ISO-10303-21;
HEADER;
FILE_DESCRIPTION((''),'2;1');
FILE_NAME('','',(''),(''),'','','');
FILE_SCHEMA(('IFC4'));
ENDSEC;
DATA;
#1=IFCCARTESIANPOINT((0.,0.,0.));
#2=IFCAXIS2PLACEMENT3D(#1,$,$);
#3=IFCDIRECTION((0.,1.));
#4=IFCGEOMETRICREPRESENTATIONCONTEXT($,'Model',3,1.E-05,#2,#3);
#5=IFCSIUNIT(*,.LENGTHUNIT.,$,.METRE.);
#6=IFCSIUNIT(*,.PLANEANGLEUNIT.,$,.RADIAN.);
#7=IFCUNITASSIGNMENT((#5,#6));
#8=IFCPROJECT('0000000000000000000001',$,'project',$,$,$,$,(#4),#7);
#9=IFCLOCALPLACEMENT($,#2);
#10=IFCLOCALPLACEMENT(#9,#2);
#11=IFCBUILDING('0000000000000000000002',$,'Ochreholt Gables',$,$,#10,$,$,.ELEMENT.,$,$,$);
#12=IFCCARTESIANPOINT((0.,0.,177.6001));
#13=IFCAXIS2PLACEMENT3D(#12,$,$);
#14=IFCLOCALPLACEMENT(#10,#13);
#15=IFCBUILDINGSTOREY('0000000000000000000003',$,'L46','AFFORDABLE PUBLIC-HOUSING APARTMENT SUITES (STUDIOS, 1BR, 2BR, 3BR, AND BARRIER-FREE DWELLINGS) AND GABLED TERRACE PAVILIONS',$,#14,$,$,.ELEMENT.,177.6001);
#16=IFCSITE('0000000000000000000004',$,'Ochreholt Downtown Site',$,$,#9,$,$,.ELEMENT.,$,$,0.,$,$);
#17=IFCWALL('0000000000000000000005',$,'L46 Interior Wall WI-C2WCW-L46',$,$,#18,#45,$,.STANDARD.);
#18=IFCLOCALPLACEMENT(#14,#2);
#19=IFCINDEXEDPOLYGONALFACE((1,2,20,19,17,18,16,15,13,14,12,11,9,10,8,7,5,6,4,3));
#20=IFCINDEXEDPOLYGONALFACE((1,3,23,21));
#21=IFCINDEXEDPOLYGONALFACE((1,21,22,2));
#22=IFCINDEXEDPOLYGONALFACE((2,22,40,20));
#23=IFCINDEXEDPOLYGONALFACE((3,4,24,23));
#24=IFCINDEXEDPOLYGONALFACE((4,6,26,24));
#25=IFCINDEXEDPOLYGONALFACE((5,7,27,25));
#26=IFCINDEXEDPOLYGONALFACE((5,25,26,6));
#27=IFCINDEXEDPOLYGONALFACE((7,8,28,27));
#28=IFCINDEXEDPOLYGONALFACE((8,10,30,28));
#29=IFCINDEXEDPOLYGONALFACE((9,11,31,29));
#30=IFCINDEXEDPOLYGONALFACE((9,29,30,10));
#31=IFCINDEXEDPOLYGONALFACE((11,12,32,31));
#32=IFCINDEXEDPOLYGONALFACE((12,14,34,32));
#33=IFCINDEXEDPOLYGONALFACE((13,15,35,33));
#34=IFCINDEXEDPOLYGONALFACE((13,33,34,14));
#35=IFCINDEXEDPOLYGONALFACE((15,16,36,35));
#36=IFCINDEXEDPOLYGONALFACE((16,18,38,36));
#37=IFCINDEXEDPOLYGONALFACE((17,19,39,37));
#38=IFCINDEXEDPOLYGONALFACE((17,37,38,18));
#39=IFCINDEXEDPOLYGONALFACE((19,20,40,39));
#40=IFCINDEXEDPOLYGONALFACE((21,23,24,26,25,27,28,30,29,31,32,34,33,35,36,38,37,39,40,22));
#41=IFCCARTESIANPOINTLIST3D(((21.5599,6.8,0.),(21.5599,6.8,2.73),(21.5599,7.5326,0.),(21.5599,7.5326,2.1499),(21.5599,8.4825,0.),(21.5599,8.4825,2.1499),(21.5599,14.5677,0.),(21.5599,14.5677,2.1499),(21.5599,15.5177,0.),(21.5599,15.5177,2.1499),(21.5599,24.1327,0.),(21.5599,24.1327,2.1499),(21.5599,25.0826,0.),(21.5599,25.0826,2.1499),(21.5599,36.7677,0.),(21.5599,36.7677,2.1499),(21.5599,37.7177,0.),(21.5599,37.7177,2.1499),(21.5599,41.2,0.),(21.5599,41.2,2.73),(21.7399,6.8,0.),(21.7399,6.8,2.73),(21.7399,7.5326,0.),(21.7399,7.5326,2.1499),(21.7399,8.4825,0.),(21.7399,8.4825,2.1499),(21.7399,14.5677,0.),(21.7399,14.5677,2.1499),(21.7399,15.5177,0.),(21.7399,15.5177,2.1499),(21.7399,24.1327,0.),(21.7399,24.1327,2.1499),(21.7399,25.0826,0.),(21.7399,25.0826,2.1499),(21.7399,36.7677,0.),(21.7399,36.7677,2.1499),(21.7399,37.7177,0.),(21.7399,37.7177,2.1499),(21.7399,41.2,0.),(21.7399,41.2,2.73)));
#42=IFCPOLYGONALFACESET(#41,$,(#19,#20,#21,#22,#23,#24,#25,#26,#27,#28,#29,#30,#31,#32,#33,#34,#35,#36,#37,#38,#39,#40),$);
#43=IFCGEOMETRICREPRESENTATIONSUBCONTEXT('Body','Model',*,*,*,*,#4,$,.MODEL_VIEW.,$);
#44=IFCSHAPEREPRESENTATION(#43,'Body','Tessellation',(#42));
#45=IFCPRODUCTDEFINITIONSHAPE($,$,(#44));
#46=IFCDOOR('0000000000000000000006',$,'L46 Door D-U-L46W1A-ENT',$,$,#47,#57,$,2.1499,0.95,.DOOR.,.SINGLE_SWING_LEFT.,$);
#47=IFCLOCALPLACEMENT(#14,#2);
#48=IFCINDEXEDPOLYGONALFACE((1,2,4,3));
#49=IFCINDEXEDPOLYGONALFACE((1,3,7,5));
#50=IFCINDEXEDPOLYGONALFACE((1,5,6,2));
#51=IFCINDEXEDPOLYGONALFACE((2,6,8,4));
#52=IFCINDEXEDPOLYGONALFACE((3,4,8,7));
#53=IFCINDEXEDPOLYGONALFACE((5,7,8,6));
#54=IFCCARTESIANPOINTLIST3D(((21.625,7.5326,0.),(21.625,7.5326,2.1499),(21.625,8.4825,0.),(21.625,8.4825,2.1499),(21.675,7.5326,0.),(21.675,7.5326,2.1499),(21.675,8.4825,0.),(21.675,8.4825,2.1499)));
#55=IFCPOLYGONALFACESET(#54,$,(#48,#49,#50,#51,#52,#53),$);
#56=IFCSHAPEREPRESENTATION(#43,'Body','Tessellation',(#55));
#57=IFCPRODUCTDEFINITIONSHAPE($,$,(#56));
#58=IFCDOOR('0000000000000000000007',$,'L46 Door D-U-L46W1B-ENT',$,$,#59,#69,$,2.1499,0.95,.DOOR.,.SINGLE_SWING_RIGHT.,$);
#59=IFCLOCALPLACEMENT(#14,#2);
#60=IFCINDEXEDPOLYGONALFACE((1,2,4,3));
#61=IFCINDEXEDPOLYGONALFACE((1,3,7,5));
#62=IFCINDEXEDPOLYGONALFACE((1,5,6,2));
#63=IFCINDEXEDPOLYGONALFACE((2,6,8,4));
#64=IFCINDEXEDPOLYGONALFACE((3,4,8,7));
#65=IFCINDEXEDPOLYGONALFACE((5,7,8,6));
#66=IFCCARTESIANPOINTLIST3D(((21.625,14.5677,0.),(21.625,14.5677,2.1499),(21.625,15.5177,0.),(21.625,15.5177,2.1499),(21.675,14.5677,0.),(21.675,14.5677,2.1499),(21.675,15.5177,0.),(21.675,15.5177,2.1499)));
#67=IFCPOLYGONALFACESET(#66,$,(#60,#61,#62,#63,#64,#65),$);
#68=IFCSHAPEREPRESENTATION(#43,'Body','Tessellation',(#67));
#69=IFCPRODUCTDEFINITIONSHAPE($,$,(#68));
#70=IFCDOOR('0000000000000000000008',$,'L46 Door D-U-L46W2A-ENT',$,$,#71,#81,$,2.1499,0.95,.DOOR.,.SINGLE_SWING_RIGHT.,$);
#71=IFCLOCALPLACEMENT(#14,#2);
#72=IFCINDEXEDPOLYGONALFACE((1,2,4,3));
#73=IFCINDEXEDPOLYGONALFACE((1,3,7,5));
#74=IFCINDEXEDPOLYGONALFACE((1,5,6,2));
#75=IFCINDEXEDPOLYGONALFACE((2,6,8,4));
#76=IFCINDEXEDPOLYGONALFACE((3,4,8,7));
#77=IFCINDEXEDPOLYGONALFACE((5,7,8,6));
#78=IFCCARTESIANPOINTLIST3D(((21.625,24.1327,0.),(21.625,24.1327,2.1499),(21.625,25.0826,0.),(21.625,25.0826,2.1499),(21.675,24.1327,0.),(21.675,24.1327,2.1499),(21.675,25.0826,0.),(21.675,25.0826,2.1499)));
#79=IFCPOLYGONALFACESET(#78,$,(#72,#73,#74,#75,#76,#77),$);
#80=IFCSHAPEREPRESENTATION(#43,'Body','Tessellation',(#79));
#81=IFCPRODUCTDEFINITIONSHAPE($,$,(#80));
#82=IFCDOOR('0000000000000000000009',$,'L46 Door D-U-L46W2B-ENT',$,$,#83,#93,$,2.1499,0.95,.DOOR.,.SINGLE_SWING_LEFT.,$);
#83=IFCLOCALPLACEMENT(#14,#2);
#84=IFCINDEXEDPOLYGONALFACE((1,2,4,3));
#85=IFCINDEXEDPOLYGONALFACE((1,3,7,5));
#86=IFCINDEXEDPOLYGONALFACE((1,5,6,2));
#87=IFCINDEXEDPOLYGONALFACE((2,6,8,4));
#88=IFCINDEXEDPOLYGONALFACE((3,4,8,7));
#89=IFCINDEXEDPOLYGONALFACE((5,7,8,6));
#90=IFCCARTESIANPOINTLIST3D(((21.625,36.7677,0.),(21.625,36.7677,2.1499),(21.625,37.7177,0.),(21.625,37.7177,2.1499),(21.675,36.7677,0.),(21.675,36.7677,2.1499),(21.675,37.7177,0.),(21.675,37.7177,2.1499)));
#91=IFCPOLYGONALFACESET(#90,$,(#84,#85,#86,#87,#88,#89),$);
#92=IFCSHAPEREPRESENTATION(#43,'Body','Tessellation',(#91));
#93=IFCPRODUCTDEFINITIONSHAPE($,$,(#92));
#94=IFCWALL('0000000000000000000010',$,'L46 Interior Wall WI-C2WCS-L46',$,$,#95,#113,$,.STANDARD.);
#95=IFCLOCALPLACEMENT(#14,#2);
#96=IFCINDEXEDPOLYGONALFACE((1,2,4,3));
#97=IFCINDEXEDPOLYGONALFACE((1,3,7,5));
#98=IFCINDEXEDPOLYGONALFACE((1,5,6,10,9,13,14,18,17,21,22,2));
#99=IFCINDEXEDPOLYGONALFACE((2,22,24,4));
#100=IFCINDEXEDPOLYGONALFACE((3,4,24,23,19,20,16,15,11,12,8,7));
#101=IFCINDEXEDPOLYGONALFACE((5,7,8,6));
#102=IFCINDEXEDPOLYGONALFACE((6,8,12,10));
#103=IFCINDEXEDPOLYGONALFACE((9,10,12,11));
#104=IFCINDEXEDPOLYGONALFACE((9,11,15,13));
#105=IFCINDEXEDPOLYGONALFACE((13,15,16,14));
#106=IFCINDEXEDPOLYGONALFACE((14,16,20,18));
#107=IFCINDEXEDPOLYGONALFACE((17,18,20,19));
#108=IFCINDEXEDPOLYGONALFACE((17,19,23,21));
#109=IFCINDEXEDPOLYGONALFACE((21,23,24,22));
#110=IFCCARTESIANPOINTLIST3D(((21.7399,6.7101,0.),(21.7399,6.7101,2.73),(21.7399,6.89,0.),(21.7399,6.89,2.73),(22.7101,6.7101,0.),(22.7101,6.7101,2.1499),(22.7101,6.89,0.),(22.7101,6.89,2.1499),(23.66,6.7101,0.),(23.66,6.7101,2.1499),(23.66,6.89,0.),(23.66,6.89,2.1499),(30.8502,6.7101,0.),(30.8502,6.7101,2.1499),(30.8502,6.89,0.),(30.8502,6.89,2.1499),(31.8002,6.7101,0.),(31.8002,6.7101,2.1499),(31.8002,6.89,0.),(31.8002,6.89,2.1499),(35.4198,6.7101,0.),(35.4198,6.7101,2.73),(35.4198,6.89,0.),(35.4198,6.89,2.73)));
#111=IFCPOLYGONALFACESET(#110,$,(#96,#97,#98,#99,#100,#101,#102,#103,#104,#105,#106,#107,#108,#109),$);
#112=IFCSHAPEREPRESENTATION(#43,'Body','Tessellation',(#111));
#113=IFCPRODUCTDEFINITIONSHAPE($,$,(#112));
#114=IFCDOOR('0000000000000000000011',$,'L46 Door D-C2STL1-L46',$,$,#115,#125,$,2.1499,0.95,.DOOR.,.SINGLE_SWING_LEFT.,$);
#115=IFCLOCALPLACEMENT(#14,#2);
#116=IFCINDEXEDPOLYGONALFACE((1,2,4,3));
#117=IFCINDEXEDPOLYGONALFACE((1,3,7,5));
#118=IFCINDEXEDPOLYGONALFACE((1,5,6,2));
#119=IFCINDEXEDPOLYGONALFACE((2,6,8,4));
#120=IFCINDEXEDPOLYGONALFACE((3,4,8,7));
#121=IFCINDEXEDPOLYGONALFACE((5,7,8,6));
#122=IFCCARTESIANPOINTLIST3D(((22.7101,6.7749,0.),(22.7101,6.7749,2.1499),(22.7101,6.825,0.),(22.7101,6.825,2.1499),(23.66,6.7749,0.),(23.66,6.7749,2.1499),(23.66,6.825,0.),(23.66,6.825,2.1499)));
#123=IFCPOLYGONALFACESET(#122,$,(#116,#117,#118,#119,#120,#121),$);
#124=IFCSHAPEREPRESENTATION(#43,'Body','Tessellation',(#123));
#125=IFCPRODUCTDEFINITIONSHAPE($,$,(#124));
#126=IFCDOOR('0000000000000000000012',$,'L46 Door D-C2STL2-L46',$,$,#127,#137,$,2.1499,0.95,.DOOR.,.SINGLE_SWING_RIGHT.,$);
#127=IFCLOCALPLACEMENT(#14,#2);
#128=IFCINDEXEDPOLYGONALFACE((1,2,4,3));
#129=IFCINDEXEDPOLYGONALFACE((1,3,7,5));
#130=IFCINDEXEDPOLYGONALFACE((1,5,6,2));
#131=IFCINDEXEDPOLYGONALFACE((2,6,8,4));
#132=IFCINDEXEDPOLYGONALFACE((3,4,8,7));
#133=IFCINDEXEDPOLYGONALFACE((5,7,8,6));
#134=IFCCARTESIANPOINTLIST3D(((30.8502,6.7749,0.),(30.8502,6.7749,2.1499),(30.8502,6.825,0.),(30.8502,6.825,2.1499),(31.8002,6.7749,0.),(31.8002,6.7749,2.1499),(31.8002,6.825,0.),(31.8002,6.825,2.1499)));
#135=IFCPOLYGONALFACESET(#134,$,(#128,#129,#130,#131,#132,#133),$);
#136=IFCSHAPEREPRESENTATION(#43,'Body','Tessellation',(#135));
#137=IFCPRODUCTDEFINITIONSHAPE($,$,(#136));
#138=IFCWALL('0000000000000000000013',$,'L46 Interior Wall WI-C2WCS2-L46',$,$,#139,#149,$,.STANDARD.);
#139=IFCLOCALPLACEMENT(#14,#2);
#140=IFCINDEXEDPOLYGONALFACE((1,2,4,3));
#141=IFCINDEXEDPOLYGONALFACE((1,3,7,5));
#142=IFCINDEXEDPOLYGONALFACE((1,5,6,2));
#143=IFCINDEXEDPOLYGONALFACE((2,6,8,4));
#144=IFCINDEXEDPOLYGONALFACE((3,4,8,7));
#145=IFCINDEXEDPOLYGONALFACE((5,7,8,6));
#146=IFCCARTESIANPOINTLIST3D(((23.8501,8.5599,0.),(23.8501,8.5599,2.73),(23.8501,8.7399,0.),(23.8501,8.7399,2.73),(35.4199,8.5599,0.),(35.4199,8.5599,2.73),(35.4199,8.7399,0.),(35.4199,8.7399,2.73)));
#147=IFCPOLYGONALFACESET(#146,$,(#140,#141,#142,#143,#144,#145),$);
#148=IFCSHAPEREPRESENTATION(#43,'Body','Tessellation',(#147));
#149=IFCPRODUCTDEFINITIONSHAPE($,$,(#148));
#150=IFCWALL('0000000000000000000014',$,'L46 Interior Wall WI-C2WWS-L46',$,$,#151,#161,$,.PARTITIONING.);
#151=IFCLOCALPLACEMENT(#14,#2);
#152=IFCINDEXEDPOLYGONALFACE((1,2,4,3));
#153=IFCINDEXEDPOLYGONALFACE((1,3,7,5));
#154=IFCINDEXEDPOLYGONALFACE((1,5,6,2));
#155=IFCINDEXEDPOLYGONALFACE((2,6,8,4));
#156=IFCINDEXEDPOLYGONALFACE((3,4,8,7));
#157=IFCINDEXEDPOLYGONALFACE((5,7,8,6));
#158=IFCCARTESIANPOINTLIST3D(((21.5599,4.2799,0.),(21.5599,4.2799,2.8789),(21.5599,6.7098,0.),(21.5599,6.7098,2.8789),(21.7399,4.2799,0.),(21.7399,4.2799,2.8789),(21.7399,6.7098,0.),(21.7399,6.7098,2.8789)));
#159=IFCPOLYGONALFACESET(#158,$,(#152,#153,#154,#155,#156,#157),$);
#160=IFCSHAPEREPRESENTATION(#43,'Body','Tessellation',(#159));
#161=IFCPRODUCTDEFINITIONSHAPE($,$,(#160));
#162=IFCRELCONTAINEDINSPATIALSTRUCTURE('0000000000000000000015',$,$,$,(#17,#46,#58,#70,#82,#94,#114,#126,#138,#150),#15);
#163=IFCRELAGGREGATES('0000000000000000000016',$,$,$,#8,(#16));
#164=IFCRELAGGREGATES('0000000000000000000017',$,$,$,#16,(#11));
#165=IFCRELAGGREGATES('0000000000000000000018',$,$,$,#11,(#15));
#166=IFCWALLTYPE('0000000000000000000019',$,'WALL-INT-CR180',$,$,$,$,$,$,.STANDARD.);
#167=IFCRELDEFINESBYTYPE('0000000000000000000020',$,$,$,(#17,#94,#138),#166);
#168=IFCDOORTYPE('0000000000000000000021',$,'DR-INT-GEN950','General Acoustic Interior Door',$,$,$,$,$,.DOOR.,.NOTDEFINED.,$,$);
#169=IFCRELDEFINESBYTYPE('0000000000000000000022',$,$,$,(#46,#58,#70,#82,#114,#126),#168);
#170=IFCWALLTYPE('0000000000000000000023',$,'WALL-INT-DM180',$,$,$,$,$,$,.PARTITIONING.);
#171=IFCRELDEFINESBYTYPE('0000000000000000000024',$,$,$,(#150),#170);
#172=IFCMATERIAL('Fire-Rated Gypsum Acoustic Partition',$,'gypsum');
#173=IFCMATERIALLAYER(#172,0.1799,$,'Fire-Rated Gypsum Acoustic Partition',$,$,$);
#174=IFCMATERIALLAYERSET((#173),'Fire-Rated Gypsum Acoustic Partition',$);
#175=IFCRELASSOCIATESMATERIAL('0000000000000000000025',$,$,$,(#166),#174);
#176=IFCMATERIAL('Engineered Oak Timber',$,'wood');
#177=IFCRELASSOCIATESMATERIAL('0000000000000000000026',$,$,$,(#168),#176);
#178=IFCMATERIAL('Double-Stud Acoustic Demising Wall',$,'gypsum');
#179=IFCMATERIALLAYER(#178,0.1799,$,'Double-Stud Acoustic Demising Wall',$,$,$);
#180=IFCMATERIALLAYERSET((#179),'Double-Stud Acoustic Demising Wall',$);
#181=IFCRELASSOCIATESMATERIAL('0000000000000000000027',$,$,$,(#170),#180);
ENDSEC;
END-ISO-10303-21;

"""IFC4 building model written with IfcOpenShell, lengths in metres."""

from ifc_helpers import new_model, si_unit, direction, frame, frame_2d, origin, place, context, subcontext, project, spatial, rectangle, extrude, material, layer, layer_set, type_object, element, fill, save


model = new_model("IFC4")

# Units and contexts
model_context = context("Model", 3, precision=1e-05, world=origin(), true_north=direction((0.0, 1.0)))
body_context = subcontext(model_context, "Body", "Model", "MODEL_VIEW")
ifc_project = project(units=[si_unit("LENGTHUNIT", "METRE"), si_unit("PLANEANGLEUNIT", "RADIAN")], contexts=[model_context])

# Site, building, storey
site_placement = place(None, origin())
site = spatial("IfcSite", under=ifc_project, at=site_placement, Name="Ochreholt Downtown Site", CompositionType="ELEMENT", RefElevation=0.0)
building_placement = place(site_placement, origin())
building = spatial("IfcBuilding", under=site, at=building_placement, Name="Ochreholt Gables", CompositionType="ELEMENT")
storey_placement = place(building_placement, frame((0.0, 0.0, 177.6001)))
storey = spatial("IfcBuildingStorey", under=building, at=storey_placement, Name="L46", Description="AFFORDABLE PUBLIC-HOUSING APARTMENT SUITES (STUDIOS, 1BR, 2BR, 3BR, AND BARRIER-FREE DWELLINGS) AND GABLED TERRACE PAVILIONS", CompositionType="ELEMENT", Elevation=177.6001)

# Walls, openings, doors
ifc_material_1 = material(Name="Fire-Rated Gypsum Acoustic Partition", Category="gypsum")
ifc_layer_1 = layer(ifc_material_1, 0.1799, Name="Fire-Rated Gypsum Acoustic Partition")
ifc_layer_set_1 = layer_set([ifc_layer_1], Name="Fire-Rated Gypsum Acoustic Partition")
wall_type_1 = type_object("IfcWallType", Name="WALL-INT-CR180", PredefinedType="STANDARD", material=ifc_layer_set_1)
wall_1_placement = place(storey_placement, frame((21.6499, 6.8, 0.0), z_axis=(0.0, 0.0, 1.0), x_axis=(0.0, 1.0, 0.0)))
wall_1 = element("IfcWall", 1, at=wall_1_placement, inside=storey, type_object=wall_type_1, Name="L46 Interior Wall WI-C2WCW-L46", PredefinedType="STANDARD", context=body_context, shape_type="SweptSolid", body=[
    extrude(rectangle(XDim=34.3999, YDim=0.1799, at=frame_2d((17.2, 0.0))), origin(), (0.0, 0.0, 1.0), 2.73),
])
opening_1_placement = place(wall_1_placement, frame((0.7324, 0.0, 0.0)))
opening_1 = element("IfcOpeningElement", 2, at=opening_1_placement, cuts=wall_1, PredefinedType="OPENING", context=body_context, shape_type="SweptSolid", body=[
    extrude(rectangle(XDim=0.95, YDim=2.1499, at=frame_2d((0.4751, 1.075))), frame((0.0, 0.0999, 0.0), z_axis=(0.0, -1.0, 0.0), x_axis=(1.0, 0.0, 0.0)), (0.0, 0.0, 1.0), 0.2),
])
opening_2_placement = place(wall_1_placement, frame((7.7676, 0.0, 0.0)))
opening_2 = element("IfcOpeningElement", 3, at=opening_2_placement, cuts=wall_1, PredefinedType="OPENING", context=body_context, shape_type="SweptSolid", body=[
    extrude(rectangle(XDim=0.95, YDim=2.1499, at=frame_2d((0.4751, 1.075))), frame((0.0, 0.0999, 0.0), z_axis=(0.0, -1.0, 0.0), x_axis=(1.0, 0.0, 0.0)), (0.0, 0.0, 1.0), 0.2),
])
opening_3_placement = place(wall_1_placement, frame((17.3325, 0.0, 0.0)))
opening_3 = element("IfcOpeningElement", 4, at=opening_3_placement, cuts=wall_1, PredefinedType="OPENING", context=body_context, shape_type="SweptSolid", body=[
    extrude(rectangle(XDim=0.95, YDim=2.1499, at=frame_2d((0.4751, 1.075))), frame((0.0, 0.0999, 0.0), z_axis=(0.0, -1.0, 0.0), x_axis=(1.0, 0.0, 0.0)), (0.0, 0.0, 1.0), 0.2),
])
opening_4_placement = place(wall_1_placement, frame((29.9675, 0.0, 0.0)))
opening_4 = element("IfcOpeningElement", 5, at=opening_4_placement, cuts=wall_1, PredefinedType="OPENING", context=body_context, shape_type="SweptSolid", body=[
    extrude(rectangle(XDim=0.95, YDim=2.1499, at=frame_2d((0.4751, 1.075))), frame((0.0, 0.0999, 0.0), z_axis=(0.0, -1.0, 0.0), x_axis=(1.0, 0.0, 0.0)), (0.0, 0.0, 1.0), 0.2),
])
ifc_material_2 = material(Name="Engineered Oak Timber", Category="wood")
door_type = type_object("IfcDoorType", Name="DR-INT-GEN950", Description="General Acoustic Interior Door", OperationType="NOTDEFINED", PredefinedType="DOOR", material=ifc_material_2)
door_1_placement = place(opening_1_placement, origin())
door_1 = element("IfcDoor", 6, at=door_1_placement, inside=storey, type_object=door_type, Name="L46 Door D-U-L46W1A-ENT", OperationType="SINGLE_SWING_LEFT", OverallHeight=2.1499, OverallWidth=0.95, PredefinedType="DOOR", context=body_context, shape_type="SweptSolid", body=[
    extrude(rectangle(XDim=0.95, YDim=2.1499, at=frame_2d((0.4751, 1.075))), frame((0.0, 0.0249, 0.0), z_axis=(0.0, -1.0, 0.0), x_axis=(1.0, 0.0, 0.0)), (0.0, 0.0, 1.0), 0.05),
])
fill(opening_1, door_1)
door_2_placement = place(opening_2_placement, origin())
door_2 = element("IfcDoor", 7, at=door_2_placement, inside=storey, type_object=door_type, Name="L46 Door D-U-L46W1B-ENT", OperationType="SINGLE_SWING_RIGHT", OverallHeight=2.1499, OverallWidth=0.95, PredefinedType="DOOR", context=body_context, shape_type="SweptSolid", body=[
    extrude(rectangle(XDim=0.95, YDim=2.1499, at=frame_2d((0.4751, 1.075))), frame((0.0, 0.0249, 0.0), z_axis=(0.0, -1.0, 0.0), x_axis=(1.0, 0.0, 0.0)), (0.0, 0.0, 1.0), 0.05),
])
fill(opening_2, door_2)
door_3_placement = place(opening_3_placement, origin())
door_3 = element("IfcDoor", 8, at=door_3_placement, inside=storey, type_object=door_type, Name="L46 Door D-U-L46W2A-ENT", OperationType="SINGLE_SWING_RIGHT", OverallHeight=2.1499, OverallWidth=0.95, PredefinedType="DOOR", context=body_context, shape_type="SweptSolid", body=[
    extrude(rectangle(XDim=0.95, YDim=2.1499, at=frame_2d((0.4751, 1.075))), frame((0.0, 0.0249, 0.0), z_axis=(0.0, -1.0, 0.0), x_axis=(1.0, 0.0, 0.0)), (0.0, 0.0, 1.0), 0.05),
])
fill(opening_3, door_3)
door_4_placement = place(opening_4_placement, origin())
door_4 = element("IfcDoor", 9, at=door_4_placement, inside=storey, type_object=door_type, Name="L46 Door D-U-L46W2B-ENT", OperationType="SINGLE_SWING_LEFT", OverallHeight=2.1499, OverallWidth=0.95, PredefinedType="DOOR", context=body_context, shape_type="SweptSolid", body=[
    extrude(rectangle(XDim=0.95, YDim=2.1499, at=frame_2d((0.4751, 1.075))), frame((0.0, 0.0249, 0.0), z_axis=(0.0, -1.0, 0.0), x_axis=(1.0, 0.0, 0.0)), (0.0, 0.0, 1.0), 0.05),
])
fill(opening_4, door_4)
wall_2_placement = place(storey_placement, frame((21.74, 6.8, 0.0), z_axis=(0.0, 0.0, 1.0), x_axis=(1.0, 0.0, 0.0)))
wall_2 = element("IfcWall", 10, at=wall_2_placement, inside=storey, type_object=wall_type_1, Name="L46 Interior Wall WI-C2WCS-L46", PredefinedType="STANDARD", context=body_context, shape_type="SweptSolid", body=[
    extrude(rectangle(XDim=13.6799, YDim=0.1799, at=frame_2d((6.8398, 0.0))), origin(), (0.0, 0.0, 1.0), 2.73),
])
opening_5_placement = place(wall_2_placement, frame((0.97, 0.0, 0.0)))
opening_5 = element("IfcOpeningElement", 11, at=opening_5_placement, cuts=wall_2, PredefinedType="OPENING", context=body_context, shape_type="SweptSolid", body=[
    extrude(rectangle(XDim=0.95, YDim=2.1499, at=frame_2d((0.4751, 1.075))), frame((0.0, 0.0999, 0.0), z_axis=(0.0, -1.0, 0.0), x_axis=(1.0, 0.0, 0.0)), (0.0, 0.0, 1.0), 0.2),
])
opening_6_placement = place(wall_2_placement, frame((9.1101, 0.0, 0.0)))
opening_6 = element("IfcOpeningElement", 12, at=opening_6_placement, cuts=wall_2, PredefinedType="OPENING", context=body_context, shape_type="SweptSolid", body=[
    extrude(rectangle(XDim=0.95, YDim=2.1499, at=frame_2d((0.4751, 1.075))), frame((0.0, 0.0999, 0.0), z_axis=(0.0, -1.0, 0.0), x_axis=(1.0, 0.0, 0.0)), (0.0, 0.0, 1.0), 0.2),
])
door_5_placement = place(opening_5_placement, origin())
door_5 = element("IfcDoor", 13, at=door_5_placement, inside=storey, type_object=door_type, Name="L46 Door D-C2STL1-L46", OperationType="SINGLE_SWING_LEFT", OverallHeight=2.1499, OverallWidth=0.95, PredefinedType="DOOR", context=body_context, shape_type="SweptSolid", body=[
    extrude(rectangle(XDim=0.95, YDim=2.1499, at=frame_2d((0.4751, 1.075))), frame((0.0, 0.0249, 0.0), z_axis=(0.0, -1.0, 0.0), x_axis=(1.0, 0.0, 0.0)), (0.0, 0.0, 1.0), 0.05),
])
fill(opening_5, door_5)
door_6_placement = place(opening_6_placement, origin())
door_6 = element("IfcDoor", 14, at=door_6_placement, inside=storey, type_object=door_type, Name="L46 Door D-C2STL2-L46", OperationType="SINGLE_SWING_RIGHT", OverallHeight=2.1499, OverallWidth=0.95, PredefinedType="DOOR", context=body_context, shape_type="SweptSolid", body=[
    extrude(rectangle(XDim=0.95, YDim=2.1499, at=frame_2d((0.4751, 1.075))), frame((0.0, 0.0249, 0.0), z_axis=(0.0, -1.0, 0.0), x_axis=(1.0, 0.0, 0.0)), (0.0, 0.0, 1.0), 0.05),
])
fill(opening_6, door_6)

# Walls
wall_3_placement = place(storey_placement, frame((23.8501, 8.6499, 0.0), z_axis=(0.0, 0.0, 1.0), x_axis=(1.0, 0.0, 0.0)))
element("IfcWall", 15, at=wall_3_placement, inside=storey, type_object=wall_type_1, Name="L46 Interior Wall WI-C2WCS2-L46", PredefinedType="STANDARD", context=body_context, shape_type="SweptSolid", body=[
    extrude(rectangle(XDim=11.5698, YDim=0.1799, at=frame_2d((5.7849, 0.0))), origin(), (0.0, 0.0, 1.0), 2.73),
])
ifc_material_3 = material(Name="Double-Stud Acoustic Demising Wall", Category="gypsum")
ifc_layer_2 = layer(ifc_material_3, 0.1799, Name="Double-Stud Acoustic Demising Wall")
ifc_layer_set_2 = layer_set([ifc_layer_2], Name="Double-Stud Acoustic Demising Wall")
wall_type_2 = type_object("IfcWallType", Name="WALL-INT-DM180", PredefinedType="PARTITIONING", material=ifc_layer_set_2)
wall_4_placement = place(storey_placement, frame((21.6499, 4.28, 0.0), z_axis=(0.0, 0.0, 1.0), x_axis=(0.0, 1.0, 0.0)))
element("IfcWall", 16, at=wall_4_placement, inside=storey, type_object=wall_type_2, Name="L46 Interior Wall WI-C2WWS-L46", PredefinedType="PARTITIONING", context=body_context, shape_type="SweptSolid", body=[
    extrude(rectangle(XDim=2.4299, YDim=0.1799, at=frame_2d((1.2148, 0.0))), origin(), (0.0, 0.0, 1.0), 2.8789),
])

save(model, "model.ifc")
